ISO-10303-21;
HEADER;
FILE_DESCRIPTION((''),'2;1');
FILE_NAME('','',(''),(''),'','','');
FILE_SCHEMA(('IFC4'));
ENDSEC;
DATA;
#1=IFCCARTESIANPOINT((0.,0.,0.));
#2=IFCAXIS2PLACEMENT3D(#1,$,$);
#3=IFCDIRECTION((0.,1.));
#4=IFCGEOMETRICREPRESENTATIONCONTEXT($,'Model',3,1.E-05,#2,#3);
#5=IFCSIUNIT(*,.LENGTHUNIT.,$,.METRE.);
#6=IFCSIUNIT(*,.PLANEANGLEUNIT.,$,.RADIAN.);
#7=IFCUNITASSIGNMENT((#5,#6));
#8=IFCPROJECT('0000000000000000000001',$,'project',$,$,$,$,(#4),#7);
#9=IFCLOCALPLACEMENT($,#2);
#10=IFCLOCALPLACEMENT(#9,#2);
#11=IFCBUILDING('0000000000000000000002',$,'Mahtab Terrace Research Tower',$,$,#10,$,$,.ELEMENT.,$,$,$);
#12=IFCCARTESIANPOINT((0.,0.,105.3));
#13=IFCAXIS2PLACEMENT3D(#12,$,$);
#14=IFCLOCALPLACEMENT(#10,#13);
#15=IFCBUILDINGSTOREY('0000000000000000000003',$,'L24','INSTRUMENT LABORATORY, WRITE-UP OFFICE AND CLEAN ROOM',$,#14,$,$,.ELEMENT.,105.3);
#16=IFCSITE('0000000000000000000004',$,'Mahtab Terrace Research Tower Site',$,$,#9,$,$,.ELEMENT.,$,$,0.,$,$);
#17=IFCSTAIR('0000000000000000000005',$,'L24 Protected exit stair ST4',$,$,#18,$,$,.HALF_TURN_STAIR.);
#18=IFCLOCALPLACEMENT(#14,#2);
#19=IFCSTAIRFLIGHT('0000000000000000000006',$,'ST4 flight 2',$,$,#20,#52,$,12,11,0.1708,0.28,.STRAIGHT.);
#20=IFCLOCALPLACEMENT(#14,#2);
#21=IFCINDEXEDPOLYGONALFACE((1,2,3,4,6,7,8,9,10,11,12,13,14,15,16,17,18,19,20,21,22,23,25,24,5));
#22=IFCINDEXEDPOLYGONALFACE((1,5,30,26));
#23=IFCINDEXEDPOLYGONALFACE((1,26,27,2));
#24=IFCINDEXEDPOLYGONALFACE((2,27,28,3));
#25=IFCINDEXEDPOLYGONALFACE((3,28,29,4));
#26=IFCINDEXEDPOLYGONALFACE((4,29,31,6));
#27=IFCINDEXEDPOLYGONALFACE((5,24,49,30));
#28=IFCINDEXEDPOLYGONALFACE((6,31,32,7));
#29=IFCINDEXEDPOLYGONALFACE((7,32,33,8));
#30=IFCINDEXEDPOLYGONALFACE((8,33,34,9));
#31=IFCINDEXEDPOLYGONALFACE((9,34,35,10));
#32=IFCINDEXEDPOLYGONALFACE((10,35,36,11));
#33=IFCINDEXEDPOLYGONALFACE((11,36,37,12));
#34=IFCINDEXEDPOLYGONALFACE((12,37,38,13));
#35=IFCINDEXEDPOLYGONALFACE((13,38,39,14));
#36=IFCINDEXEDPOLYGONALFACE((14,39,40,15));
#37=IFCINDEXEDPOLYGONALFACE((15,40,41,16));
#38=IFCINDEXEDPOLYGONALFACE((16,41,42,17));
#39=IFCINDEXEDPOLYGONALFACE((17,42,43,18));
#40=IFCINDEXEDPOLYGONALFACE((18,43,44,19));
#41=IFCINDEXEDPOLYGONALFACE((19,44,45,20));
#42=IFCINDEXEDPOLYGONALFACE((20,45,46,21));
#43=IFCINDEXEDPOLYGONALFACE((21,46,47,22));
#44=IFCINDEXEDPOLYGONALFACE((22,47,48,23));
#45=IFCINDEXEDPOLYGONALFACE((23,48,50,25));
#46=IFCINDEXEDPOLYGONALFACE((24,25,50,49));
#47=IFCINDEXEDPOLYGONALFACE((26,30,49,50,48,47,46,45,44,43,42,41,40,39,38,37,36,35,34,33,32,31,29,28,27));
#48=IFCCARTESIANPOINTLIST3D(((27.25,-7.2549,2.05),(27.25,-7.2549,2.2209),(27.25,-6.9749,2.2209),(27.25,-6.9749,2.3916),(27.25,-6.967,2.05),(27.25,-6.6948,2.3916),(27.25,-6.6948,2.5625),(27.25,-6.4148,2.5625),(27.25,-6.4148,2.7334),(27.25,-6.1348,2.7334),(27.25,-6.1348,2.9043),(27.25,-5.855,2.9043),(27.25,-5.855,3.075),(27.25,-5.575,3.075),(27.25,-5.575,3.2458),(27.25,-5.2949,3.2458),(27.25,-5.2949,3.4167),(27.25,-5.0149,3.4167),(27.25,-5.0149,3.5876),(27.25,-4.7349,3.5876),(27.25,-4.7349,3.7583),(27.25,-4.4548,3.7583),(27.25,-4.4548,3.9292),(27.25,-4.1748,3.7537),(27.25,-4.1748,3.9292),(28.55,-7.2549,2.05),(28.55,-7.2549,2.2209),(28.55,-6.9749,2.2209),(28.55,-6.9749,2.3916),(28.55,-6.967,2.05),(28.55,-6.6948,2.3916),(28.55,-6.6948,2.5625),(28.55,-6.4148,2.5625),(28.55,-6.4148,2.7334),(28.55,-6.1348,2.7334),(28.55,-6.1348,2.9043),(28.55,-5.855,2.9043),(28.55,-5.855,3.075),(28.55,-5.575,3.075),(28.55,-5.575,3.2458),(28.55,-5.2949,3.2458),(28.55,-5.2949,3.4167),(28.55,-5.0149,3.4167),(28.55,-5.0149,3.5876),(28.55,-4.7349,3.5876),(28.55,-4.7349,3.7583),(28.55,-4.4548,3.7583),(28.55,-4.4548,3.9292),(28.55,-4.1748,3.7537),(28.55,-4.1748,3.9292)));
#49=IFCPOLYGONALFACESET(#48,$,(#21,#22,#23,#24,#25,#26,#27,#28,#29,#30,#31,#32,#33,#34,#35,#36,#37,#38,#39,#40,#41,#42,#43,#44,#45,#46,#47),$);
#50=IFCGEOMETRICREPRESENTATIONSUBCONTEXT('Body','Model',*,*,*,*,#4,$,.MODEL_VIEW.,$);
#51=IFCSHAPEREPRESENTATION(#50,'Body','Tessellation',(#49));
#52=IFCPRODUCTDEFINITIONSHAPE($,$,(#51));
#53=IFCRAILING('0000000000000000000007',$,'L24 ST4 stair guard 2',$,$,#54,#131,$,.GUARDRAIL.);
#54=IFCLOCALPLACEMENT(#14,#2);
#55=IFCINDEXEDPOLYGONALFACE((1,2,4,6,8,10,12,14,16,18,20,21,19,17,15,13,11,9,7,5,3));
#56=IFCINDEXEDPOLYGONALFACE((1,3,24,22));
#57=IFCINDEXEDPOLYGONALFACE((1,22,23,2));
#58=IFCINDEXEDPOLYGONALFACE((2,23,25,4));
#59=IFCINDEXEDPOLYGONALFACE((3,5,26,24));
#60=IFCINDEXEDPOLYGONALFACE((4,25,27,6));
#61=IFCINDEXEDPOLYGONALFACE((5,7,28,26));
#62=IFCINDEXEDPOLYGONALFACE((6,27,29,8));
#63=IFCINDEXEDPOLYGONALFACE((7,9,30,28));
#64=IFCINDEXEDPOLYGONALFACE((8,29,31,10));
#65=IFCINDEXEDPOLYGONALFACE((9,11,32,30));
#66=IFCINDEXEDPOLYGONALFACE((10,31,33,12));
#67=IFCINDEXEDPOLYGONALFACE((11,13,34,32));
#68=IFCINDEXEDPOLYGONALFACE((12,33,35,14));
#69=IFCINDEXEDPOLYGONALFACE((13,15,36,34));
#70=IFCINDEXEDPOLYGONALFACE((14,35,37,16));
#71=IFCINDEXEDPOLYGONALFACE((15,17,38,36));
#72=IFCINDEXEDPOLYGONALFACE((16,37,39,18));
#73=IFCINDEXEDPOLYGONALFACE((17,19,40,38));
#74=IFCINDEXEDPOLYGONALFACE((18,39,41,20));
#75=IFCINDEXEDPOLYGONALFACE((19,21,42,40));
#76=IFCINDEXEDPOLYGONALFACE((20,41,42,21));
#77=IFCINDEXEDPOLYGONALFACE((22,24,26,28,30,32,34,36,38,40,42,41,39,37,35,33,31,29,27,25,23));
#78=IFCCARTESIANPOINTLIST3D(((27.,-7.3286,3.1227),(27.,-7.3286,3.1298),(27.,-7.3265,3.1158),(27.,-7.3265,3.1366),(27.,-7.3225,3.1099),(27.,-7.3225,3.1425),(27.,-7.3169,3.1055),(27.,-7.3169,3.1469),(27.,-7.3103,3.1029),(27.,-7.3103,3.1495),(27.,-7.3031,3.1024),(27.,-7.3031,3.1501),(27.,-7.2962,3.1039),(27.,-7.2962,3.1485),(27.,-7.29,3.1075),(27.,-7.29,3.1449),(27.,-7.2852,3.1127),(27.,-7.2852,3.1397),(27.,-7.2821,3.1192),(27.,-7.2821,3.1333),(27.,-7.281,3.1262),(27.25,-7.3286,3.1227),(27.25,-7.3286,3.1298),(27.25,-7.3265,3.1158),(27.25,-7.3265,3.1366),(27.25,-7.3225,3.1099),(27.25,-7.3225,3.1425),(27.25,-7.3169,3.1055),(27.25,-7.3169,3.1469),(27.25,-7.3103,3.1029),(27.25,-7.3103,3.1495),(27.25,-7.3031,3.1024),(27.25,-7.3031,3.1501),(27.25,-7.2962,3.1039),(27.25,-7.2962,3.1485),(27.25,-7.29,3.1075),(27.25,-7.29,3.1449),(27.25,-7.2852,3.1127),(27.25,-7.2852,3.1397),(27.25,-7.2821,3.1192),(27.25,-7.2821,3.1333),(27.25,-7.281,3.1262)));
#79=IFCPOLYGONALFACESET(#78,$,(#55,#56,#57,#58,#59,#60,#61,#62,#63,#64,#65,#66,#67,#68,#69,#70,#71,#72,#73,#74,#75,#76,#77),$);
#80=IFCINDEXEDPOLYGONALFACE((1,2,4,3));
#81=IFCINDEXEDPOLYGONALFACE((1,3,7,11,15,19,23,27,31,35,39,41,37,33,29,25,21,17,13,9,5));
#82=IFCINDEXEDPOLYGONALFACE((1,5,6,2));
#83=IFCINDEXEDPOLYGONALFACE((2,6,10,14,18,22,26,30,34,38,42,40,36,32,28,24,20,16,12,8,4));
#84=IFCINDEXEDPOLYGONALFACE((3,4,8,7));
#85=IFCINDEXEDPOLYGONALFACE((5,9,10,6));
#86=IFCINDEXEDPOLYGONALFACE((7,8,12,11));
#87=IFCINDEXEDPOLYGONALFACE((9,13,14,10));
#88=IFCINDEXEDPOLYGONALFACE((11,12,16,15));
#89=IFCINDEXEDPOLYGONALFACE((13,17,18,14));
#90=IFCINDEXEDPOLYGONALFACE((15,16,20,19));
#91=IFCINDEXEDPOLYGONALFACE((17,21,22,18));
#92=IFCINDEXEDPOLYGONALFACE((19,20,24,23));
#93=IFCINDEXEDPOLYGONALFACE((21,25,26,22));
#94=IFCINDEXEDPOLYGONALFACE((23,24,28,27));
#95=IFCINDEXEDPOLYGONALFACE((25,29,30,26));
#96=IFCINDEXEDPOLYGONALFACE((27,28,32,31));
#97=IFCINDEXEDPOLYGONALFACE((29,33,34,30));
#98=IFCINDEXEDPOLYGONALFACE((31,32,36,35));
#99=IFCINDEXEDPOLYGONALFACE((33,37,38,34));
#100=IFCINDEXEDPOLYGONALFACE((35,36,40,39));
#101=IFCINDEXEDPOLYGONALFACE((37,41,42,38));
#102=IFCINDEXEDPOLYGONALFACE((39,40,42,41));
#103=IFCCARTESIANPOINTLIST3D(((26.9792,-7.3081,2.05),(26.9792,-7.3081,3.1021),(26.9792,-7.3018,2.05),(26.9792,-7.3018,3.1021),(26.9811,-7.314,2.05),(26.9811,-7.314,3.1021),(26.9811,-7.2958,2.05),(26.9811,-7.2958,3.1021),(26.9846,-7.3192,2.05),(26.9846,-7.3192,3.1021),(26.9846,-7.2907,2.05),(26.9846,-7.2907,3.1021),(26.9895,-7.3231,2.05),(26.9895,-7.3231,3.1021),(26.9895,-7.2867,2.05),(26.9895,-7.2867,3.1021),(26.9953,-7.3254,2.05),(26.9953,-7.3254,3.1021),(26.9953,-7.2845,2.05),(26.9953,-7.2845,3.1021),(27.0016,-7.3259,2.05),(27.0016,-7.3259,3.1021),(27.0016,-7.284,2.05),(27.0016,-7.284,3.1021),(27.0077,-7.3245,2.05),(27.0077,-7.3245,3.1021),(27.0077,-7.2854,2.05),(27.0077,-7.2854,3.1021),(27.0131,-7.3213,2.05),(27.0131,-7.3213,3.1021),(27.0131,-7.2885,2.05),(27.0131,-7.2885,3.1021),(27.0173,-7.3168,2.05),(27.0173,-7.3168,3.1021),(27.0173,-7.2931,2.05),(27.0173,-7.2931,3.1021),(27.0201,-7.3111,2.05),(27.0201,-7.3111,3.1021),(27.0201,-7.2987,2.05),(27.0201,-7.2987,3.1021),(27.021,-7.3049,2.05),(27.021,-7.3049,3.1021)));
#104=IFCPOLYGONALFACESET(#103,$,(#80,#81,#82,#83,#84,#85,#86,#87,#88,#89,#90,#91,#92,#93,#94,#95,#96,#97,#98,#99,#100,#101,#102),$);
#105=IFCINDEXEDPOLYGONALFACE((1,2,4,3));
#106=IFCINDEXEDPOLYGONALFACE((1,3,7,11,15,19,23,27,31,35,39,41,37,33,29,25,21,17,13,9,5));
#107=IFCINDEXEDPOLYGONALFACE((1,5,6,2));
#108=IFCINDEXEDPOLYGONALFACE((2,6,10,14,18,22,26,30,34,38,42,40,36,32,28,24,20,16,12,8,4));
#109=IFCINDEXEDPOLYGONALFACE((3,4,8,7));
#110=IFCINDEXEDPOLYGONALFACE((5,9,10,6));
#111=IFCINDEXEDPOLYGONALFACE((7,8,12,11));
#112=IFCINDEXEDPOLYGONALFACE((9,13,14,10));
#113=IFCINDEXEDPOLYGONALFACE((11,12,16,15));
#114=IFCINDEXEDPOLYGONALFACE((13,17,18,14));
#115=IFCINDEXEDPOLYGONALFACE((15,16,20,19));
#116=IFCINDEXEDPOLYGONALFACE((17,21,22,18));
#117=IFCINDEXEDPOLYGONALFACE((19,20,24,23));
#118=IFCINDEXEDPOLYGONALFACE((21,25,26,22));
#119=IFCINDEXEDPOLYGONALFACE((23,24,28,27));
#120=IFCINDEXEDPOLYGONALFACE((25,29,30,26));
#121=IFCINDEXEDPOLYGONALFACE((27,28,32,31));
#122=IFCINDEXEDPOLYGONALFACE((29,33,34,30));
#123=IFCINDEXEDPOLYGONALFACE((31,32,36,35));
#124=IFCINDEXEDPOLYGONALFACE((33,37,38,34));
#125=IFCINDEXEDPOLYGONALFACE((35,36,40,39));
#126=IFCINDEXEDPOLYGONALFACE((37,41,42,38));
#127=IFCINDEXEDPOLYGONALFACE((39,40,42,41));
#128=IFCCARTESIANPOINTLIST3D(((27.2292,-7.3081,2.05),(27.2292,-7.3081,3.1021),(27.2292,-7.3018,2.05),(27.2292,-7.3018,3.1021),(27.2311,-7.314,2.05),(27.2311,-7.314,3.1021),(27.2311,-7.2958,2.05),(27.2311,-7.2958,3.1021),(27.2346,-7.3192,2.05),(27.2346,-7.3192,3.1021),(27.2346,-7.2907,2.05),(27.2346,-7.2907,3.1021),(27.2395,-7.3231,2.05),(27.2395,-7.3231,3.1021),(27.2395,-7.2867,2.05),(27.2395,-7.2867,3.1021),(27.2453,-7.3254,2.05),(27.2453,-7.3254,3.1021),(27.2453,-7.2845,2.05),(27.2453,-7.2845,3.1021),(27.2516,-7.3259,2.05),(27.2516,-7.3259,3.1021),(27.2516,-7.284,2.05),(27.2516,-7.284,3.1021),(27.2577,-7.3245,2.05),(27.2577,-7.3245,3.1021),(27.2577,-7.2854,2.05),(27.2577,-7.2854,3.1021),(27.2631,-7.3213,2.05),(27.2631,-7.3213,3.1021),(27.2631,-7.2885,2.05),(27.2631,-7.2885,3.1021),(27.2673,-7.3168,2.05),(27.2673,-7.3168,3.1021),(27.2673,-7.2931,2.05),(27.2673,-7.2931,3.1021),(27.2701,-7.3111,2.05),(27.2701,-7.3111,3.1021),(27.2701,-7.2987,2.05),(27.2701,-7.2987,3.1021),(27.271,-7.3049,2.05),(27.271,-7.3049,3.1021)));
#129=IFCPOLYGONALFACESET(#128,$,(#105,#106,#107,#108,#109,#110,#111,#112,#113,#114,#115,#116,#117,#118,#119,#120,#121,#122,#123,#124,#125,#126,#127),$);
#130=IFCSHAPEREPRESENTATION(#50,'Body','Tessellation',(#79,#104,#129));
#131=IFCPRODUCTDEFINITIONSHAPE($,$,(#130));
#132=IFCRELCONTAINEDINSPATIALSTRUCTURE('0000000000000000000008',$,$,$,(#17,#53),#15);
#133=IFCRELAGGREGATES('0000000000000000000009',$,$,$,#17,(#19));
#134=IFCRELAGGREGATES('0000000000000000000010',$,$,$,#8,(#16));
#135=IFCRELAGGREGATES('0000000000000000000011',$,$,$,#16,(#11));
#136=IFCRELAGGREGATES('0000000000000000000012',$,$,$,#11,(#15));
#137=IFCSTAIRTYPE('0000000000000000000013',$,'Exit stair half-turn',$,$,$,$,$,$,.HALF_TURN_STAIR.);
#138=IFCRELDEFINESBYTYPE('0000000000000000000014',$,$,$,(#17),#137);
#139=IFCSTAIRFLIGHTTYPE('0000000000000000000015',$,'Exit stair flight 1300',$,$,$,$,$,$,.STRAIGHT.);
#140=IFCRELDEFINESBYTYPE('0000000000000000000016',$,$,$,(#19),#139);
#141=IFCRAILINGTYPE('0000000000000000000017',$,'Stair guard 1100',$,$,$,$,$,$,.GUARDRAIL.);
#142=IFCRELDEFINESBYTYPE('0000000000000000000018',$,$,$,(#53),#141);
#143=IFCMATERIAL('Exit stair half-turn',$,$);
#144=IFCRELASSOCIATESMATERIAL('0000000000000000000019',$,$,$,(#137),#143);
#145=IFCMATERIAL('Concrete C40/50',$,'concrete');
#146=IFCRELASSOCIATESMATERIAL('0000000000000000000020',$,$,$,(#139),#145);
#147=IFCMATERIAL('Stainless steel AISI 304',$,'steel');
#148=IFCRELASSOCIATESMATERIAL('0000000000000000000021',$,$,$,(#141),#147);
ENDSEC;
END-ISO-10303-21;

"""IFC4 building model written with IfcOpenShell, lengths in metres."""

from ifc_helpers import new_model, si_unit, direction, frame, origin, origin_2d, place, context, subcontext, project, spatial, polyline, circle, outline, extrude, material, type_object, element, aggregate, save


model = new_model("IFC4")

# Units and contexts
model_context = context("Model", 3, precision=1e-05, world=origin(), true_north=direction((0.0, 1.0)))
body_context = subcontext(model_context, "Body", "Model", "MODEL_VIEW")
ifc_project = project(units=[si_unit("LENGTHUNIT", "METRE"), si_unit("PLANEANGLEUNIT", "RADIAN")], contexts=[model_context])

# Site, building, storey
site_placement = place(None, origin())
site = spatial("IfcSite", under=ifc_project, at=site_placement, Name="Mahtab Terrace Research Tower Site", CompositionType="ELEMENT", RefElevation=0.0)
building_placement = place(site_placement, origin())
building = spatial("IfcBuilding", under=site, at=building_placement, Name="Mahtab Terrace Research Tower", CompositionType="ELEMENT")
storey_placement = place(building_placement, frame((0.0, 0.0, 105.3)))
storey = spatial("IfcBuildingStorey", under=building, at=storey_placement, Name="L24", Description="INSTRUMENT LABORATORY, WRITE-UP OFFICE AND CLEAN ROOM", CompositionType="ELEMENT", Elevation=105.3)

# Stair, stair flight
ifc_material_1 = material(Name="Exit stair half-turn")
stair_type = type_object("IfcStairType", Name="Exit stair half-turn", PredefinedType="HALF_TURN_STAIR", material=ifc_material_1)
stair_placement = place(storey_placement, origin())
stair = element("IfcStair", 1, at=stair_placement, inside=storey, type_object=stair_type, Name="L24 Protected exit stair ST4", PredefinedType="HALF_TURN_STAIR")
ifc_material_2 = material(Name="Concrete C40/50", Category="concrete")
stair_flight_type = type_object("IfcStairFlightType", Name="Exit stair flight 1300", PredefinedType="STRAIGHT", material=ifc_material_2)
stair_flight_placement = place(storey_placement, frame((27.8999, -7.2549, 2.05), z_axis=(0.0, 0.0, 1.0), x_axis=(0.0, 1.0, 0.0)))
stair_flight = element("IfcStairFlight", 2, at=stair_flight_placement, type_object=stair_flight_type, Name="ST4 flight 2", NumberOfRisers=12, NumberOfTreads=11, PredefinedType="STRAIGHT", RiserHeight=0.1708, TreadLength=0.28, context=body_context, shape_type="SweptSolid", body=[
    extrude(outline(polyline([(0.0, 0.0), (0.0, 0.1709), (0.28, 0.1709), (0.28, 0.3416), (0.5601, 0.3416), (0.5601, 0.5125), (0.8401, 0.5125), (0.8401, 0.6833), (1.1201, 0.6833), (1.1201, 0.8542), (1.3999, 0.8542), (1.3999, 1.0249), (1.6799, 1.0249), (1.6799, 1.1958), (1.96, 1.1958), (1.96, 1.3667), (2.24, 1.3667), (2.24, 1.5376), (2.52, 1.5376), (2.52, 1.7083), (2.8, 1.7083), (2.8, 1.8792), (3.0801, 1.8792), (3.0801, 2.05), (3.0801, 1.7036), (0.2878, 0.0), (0.0, 0.0)])), frame((0.0, 0.6499, 0.0), z_axis=(0.0, -1.0, 0.0), x_axis=(1.0, 0.0, 0.0)), (0.0, 0.0, 1.0), 1.3),
])
aggregate(stair, [stair_flight])

# Railing
ifc_material_3 = material(Name="Stainless steel AISI 304", Category="steel")
railing_type_1 = type_object("IfcRailingType", Name="Stair guard 1100", PredefinedType="GUARDRAIL", material=ifc_material_3)
railing_1_placement = place(storey_placement, frame((27.0, -7.3049, 2.05)))
element("IfcRailing", 3, at=railing_1_placement, inside=storey, type_object=railing_type_1, Name="L24 ST4 stair guard 2", PredefinedType="GUARDRAIL", context=body_context, shape_type="SweptSolid", body=[
    extrude(circle(Radius=0.0239, at=origin_2d()), frame((0.0, 0.0, 1.0762), z_axis=(1.0, 0.0, 0.0), x_axis=(0.0, 1.0, 0.0)), (0.0, 0.0, 1.0), 0.25),
    extrude(circle(Radius=0.021, at=origin_2d()), origin(), (0.0, 0.0, 1.0), 1.052),
    extrude(circle(Radius=0.021, at=origin_2d()), frame((0.25, 0.0, 0.0)), (0.0, 0.0, 1.0), 1.052),
])

save(model, "model.ifc")
